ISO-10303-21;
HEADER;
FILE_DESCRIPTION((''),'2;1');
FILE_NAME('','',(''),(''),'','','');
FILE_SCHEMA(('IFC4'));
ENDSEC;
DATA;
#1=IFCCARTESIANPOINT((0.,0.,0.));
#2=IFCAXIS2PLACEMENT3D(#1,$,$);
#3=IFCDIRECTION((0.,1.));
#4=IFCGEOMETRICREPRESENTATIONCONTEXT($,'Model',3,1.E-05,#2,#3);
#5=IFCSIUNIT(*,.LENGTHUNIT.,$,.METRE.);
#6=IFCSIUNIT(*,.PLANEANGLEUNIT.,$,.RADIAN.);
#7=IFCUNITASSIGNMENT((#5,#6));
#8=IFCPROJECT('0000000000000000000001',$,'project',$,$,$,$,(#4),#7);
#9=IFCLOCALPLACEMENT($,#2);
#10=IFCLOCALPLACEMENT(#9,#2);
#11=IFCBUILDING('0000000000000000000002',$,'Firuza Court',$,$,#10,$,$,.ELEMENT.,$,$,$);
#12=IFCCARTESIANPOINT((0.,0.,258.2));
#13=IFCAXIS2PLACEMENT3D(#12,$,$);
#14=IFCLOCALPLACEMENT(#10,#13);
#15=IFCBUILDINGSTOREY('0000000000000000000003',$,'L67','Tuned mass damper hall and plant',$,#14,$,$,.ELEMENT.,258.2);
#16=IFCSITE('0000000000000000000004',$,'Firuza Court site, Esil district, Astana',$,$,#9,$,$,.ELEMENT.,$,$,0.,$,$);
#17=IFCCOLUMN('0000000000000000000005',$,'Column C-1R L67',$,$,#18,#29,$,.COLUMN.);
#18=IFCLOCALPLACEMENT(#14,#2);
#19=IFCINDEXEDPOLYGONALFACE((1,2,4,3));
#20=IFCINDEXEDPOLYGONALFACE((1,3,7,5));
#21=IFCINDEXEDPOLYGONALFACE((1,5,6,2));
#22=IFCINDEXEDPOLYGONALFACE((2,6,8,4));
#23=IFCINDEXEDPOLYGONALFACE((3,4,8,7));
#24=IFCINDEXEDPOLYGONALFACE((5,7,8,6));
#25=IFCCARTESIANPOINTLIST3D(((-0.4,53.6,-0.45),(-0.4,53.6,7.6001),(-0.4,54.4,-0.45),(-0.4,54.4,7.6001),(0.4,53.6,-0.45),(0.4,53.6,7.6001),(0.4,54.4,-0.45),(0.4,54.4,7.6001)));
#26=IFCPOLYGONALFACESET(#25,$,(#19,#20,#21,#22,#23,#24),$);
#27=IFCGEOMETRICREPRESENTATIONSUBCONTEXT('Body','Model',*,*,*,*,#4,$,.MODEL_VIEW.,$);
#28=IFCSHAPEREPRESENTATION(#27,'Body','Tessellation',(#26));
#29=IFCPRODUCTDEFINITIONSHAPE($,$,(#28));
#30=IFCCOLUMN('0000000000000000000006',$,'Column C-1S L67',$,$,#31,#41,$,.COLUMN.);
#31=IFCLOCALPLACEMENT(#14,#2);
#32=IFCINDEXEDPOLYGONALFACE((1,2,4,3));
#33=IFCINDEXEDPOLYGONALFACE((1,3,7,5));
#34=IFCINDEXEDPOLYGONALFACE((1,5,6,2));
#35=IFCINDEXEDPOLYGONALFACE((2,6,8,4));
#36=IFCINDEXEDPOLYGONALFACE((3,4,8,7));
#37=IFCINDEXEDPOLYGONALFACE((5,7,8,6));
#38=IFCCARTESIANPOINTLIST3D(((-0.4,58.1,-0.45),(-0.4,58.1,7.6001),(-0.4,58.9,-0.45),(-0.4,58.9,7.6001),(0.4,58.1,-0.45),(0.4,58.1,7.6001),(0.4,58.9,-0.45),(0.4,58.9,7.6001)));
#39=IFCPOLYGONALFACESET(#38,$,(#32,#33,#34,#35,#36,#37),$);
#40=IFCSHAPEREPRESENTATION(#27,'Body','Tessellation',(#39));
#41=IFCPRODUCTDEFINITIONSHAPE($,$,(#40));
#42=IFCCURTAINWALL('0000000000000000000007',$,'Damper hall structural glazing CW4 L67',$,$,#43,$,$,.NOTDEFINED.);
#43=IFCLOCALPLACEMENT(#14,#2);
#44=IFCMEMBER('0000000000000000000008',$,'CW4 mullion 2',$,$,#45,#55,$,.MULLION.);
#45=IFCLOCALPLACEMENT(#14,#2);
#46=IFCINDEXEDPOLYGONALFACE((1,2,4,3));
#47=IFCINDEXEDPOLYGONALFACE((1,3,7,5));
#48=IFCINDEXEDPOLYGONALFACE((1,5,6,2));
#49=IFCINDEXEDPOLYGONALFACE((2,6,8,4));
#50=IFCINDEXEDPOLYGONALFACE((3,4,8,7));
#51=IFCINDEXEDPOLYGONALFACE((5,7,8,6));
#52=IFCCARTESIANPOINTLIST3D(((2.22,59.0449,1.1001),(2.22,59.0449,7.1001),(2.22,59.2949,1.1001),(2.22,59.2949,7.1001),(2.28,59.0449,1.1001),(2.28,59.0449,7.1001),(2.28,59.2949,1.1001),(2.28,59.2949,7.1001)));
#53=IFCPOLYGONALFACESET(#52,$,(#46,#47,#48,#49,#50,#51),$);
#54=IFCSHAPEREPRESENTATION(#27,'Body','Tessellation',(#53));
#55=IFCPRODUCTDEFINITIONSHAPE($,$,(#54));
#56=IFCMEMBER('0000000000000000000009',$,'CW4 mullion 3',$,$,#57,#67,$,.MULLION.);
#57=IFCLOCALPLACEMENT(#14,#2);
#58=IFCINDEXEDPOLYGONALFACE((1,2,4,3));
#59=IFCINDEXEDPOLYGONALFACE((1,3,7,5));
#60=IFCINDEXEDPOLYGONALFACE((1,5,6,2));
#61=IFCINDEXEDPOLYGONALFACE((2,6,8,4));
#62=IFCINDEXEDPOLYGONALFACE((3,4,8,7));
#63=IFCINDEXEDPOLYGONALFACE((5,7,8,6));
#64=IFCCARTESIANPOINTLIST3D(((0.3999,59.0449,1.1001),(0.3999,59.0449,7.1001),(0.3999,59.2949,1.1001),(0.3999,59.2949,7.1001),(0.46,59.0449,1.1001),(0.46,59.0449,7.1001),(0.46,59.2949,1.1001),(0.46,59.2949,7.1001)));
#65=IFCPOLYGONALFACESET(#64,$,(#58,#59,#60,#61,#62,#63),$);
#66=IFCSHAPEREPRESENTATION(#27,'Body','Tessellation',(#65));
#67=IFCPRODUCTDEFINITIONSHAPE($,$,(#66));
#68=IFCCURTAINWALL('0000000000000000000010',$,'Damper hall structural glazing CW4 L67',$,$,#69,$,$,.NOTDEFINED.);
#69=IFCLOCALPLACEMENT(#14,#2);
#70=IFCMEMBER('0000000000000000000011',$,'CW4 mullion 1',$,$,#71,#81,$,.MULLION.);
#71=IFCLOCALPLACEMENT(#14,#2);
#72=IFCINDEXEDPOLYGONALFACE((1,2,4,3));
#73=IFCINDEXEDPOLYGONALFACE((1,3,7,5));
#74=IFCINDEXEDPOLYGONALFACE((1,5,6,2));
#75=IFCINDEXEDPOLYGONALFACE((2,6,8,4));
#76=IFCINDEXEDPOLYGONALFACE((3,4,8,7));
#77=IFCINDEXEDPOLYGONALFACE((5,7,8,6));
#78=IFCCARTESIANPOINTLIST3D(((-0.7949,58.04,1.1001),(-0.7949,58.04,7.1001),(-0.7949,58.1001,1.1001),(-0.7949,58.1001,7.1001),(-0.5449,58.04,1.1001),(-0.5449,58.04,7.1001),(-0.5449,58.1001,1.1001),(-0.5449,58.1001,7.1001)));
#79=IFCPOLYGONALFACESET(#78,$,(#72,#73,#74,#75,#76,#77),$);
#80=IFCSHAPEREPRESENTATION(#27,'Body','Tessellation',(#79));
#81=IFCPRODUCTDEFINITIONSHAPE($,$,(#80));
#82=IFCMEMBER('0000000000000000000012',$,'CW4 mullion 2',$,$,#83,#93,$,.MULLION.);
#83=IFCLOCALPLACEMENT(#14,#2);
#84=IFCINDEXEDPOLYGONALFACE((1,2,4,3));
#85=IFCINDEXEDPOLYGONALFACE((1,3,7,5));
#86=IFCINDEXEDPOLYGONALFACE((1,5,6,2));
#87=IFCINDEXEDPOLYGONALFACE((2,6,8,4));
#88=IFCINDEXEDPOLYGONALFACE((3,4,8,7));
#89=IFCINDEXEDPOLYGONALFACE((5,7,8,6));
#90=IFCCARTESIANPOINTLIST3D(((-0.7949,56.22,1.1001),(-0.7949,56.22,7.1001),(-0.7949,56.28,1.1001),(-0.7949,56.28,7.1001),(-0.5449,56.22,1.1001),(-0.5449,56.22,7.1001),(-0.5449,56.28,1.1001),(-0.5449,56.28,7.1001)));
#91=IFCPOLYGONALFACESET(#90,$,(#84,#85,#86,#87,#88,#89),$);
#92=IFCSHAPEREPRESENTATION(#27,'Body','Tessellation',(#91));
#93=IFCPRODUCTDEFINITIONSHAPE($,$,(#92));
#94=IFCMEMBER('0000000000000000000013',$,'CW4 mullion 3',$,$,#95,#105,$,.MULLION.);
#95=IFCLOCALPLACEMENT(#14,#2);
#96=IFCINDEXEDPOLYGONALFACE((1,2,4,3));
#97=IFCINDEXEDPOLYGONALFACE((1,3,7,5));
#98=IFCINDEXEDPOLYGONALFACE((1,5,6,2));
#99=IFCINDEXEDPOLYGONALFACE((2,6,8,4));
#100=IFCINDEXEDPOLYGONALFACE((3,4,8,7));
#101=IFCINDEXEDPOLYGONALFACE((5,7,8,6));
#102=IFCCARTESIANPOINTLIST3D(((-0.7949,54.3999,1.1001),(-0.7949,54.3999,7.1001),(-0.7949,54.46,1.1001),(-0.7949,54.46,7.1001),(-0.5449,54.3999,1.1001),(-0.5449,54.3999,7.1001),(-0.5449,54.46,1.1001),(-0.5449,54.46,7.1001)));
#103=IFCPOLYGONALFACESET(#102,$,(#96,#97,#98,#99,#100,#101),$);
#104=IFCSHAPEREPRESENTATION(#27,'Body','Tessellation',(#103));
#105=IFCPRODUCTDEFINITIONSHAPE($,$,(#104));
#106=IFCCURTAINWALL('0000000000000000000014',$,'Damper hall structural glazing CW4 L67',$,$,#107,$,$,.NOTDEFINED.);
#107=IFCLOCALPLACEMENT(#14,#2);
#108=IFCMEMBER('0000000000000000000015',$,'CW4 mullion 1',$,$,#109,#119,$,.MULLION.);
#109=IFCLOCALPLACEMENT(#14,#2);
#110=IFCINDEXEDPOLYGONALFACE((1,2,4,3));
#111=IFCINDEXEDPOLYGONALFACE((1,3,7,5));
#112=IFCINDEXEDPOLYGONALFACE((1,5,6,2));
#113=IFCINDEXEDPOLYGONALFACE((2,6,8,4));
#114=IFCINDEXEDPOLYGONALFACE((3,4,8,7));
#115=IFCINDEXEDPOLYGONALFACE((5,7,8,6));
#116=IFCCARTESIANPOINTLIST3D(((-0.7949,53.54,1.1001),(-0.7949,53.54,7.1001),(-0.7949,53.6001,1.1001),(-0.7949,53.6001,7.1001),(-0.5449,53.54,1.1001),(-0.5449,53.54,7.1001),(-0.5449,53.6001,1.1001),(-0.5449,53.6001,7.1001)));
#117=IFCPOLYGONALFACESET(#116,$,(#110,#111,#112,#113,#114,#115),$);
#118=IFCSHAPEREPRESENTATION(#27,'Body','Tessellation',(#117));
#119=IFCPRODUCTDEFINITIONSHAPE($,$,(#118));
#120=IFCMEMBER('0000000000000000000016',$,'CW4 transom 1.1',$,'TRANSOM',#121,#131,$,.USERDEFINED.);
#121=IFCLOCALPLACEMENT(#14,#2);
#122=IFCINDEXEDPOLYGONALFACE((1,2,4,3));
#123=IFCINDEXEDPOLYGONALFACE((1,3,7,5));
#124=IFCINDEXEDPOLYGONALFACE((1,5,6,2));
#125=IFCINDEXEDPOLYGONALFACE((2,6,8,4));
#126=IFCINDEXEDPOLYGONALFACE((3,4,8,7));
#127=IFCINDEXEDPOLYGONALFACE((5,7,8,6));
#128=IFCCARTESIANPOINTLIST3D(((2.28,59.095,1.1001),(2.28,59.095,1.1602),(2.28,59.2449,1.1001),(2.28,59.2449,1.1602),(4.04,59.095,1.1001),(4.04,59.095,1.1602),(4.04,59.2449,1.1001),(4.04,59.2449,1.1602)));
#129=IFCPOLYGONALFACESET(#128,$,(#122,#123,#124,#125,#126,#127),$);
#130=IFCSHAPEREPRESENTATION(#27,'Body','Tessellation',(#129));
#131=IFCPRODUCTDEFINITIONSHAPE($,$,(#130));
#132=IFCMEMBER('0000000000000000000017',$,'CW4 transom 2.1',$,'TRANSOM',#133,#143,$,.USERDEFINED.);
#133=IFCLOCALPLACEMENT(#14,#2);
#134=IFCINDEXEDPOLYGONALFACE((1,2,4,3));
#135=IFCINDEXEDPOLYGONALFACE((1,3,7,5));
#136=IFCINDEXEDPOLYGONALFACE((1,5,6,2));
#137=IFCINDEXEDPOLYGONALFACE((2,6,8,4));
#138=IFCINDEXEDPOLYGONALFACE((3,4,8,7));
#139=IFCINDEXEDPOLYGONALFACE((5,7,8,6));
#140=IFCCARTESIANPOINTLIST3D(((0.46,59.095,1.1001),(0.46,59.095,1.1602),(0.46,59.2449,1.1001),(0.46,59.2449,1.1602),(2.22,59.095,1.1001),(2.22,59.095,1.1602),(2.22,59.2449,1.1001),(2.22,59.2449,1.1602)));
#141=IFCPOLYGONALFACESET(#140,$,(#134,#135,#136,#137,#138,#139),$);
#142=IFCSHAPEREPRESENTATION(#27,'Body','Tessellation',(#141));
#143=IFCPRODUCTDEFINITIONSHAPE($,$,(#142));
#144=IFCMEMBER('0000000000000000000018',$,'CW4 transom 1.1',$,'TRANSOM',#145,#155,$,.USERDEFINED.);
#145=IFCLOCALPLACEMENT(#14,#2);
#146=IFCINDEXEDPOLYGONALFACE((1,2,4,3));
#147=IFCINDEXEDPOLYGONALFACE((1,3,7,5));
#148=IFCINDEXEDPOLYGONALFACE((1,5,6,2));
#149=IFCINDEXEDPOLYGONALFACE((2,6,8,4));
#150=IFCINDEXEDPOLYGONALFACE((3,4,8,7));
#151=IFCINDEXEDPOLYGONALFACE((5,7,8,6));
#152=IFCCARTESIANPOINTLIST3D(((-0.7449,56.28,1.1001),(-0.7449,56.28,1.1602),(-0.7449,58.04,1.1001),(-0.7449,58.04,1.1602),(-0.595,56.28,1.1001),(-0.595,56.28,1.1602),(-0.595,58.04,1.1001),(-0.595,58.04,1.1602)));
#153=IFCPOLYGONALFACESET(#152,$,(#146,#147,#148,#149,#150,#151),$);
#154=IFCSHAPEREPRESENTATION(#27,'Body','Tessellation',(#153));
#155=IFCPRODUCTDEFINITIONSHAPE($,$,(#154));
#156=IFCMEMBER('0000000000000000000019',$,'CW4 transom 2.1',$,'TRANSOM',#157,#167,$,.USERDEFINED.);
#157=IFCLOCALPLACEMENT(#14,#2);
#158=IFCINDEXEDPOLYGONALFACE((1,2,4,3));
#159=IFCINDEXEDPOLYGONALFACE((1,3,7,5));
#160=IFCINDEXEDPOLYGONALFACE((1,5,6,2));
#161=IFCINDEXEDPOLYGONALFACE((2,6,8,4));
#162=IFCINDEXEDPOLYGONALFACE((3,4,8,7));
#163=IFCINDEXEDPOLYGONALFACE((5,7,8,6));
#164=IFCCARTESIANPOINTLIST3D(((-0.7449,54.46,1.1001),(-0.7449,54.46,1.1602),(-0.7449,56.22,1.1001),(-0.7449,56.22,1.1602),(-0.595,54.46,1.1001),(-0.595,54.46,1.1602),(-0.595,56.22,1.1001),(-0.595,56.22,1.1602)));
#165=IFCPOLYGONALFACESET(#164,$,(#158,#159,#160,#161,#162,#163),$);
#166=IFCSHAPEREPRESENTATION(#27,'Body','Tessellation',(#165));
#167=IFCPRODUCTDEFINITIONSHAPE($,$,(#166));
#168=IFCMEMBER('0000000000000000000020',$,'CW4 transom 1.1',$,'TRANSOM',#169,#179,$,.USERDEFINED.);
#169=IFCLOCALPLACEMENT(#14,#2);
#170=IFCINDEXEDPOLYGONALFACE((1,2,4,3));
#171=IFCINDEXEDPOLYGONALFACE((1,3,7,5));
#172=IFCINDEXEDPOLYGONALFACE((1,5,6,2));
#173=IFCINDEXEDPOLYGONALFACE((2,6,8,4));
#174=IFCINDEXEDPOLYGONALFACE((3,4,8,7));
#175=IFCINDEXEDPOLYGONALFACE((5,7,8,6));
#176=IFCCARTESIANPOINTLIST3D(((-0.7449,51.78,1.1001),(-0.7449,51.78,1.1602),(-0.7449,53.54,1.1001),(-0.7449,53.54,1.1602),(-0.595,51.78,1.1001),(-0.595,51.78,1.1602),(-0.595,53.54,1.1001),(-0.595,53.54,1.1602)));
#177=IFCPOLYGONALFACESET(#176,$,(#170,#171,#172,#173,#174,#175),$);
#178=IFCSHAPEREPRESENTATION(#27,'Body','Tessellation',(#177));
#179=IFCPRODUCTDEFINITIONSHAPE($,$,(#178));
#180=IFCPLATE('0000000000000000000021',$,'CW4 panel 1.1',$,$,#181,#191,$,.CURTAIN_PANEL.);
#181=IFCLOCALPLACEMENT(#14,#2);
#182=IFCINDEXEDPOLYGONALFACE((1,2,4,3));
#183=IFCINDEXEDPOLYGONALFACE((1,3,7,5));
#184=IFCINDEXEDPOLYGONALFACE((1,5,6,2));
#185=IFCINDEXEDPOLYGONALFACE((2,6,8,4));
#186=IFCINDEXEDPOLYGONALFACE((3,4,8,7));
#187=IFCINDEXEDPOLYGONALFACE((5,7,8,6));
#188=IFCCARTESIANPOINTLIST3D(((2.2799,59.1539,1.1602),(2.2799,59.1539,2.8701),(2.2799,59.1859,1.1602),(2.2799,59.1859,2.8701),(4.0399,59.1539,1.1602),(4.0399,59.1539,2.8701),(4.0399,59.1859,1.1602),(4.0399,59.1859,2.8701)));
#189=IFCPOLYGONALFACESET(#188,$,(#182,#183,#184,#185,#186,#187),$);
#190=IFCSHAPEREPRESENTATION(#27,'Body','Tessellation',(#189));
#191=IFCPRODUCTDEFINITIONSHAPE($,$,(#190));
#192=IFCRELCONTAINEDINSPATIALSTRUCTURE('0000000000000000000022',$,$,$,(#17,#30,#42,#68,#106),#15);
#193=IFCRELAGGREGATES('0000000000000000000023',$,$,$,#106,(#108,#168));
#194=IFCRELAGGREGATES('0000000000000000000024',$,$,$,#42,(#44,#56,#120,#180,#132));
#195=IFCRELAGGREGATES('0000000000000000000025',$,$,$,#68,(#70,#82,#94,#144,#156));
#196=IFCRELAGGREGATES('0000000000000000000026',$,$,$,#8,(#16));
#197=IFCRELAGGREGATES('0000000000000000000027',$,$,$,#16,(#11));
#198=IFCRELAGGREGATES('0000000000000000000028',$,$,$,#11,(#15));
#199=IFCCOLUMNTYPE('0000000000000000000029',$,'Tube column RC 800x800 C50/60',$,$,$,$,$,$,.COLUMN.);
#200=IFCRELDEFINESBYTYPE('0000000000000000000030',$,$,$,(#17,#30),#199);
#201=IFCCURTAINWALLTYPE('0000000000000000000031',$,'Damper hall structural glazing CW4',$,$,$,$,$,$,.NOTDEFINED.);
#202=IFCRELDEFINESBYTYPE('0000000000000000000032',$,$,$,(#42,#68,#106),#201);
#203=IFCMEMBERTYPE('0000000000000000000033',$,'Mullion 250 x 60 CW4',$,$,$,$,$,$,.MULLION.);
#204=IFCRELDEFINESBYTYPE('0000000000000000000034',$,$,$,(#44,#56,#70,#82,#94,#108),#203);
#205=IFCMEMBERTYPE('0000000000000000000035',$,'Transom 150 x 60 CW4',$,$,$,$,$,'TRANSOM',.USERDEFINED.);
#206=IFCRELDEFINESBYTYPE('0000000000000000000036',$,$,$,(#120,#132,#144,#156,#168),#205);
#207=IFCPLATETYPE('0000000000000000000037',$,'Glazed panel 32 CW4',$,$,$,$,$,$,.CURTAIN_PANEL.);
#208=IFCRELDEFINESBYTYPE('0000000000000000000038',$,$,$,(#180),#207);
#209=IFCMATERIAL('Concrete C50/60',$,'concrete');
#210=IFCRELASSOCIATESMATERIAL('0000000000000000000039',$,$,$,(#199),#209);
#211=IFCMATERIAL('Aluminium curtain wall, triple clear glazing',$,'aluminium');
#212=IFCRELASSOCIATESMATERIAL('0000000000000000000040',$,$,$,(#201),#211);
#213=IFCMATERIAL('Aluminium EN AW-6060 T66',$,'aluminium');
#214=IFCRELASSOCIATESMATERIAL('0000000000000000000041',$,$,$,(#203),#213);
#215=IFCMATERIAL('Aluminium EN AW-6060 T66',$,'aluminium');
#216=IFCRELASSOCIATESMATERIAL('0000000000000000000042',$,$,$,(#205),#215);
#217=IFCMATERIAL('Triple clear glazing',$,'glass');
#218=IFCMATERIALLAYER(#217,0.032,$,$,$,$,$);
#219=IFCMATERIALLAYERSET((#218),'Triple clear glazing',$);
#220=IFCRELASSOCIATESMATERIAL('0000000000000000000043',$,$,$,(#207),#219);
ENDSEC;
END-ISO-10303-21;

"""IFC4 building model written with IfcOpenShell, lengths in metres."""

from ifc_helpers import new_model, si_unit, direction, frame, origin, origin_2d, place, context, subcontext, project, spatial, rectangle, extrude, material, layer, layer_set, material_profile, profile_set, type_object, element, aggregate, save


model = new_model("IFC4")

# Units and contexts
model_context = context("Model", 3, precision=1e-05, world=origin(), true_north=direction((0.0, 1.0)))
body_context = subcontext(model_context, "Body", "Model", "MODEL_VIEW")
ifc_project = project(units=[si_unit("LENGTHUNIT", "METRE"), si_unit("PLANEANGLEUNIT", "RADIAN")], contexts=[model_context])

# Site, building, storey
site_placement = place(None, origin())
site = spatial("IfcSite", under=ifc_project, at=site_placement, Name="Firuza Court site, Esil district, Astana", CompositionType="ELEMENT", RefElevation=0.0)
building_placement = place(site_placement, origin())
building = spatial("IfcBuilding", under=site, at=building_placement, Name="Firuza Court", CompositionType="ELEMENT")
storey_placement = place(building_placement, frame((0.0, 0.0, 258.2)))
storey = spatial("IfcBuildingStorey", under=building, at=storey_placement, Name="L67", Description="Tuned mass damper hall and plant", CompositionType="ELEMENT", Elevation=258.2)

# Columns
ifc_material_1 = material(Name="Concrete C50/60", Category="concrete")
ifc_material_profile_1 = material_profile(ifc_material_1, rectangle(XDim=0.8, YDim=0.8, at=origin_2d()), Name="RC 800x800")
ifc_profile_set_1 = profile_set([ifc_material_profile_1], Name="Concrete C50/60")
column_type = type_object("IfcColumnType", Name="Tube column RC 800x800 C50/60", PredefinedType="COLUMN", material=ifc_profile_set_1)
for number, where, z_axis, x_axis, name in (
    (1, (0.0, 54.0, -0.45), (0.0, 0.0, 1.0), (1.0, 0.0, 0.0), "Column C-1R L67"),
    (2, (0.0, 58.5, -0.45), (0.0, 0.0, 1.0), (1.0, 0.0, 0.0), "Column C-1S L67"),
):
    element("IfcColumn", number, at=place(storey_placement, frame(where, z_axis=z_axis, x_axis=x_axis)), inside=storey, type_object=column_type, Name=name, PredefinedType="COLUMN", context=body_context, shape_type="SweptSolid", body=[
        extrude(rectangle(XDim=0.8, YDim=0.8, at=origin_2d()), origin(), (0.0, 0.0, 1.0), 8.05),
    ])

# Curtain walls, members
ifc_material_2 = material(Name="Aluminium curtain wall, triple clear glazing", Category="aluminium")
curtain_wall_type = type_object("IfcCurtainWallType", Name="Damper hall structural glazing CW4", PredefinedType="NOTDEFINED", material=ifc_material_2)
curtain_wall_1_placement = place(storey_placement, origin())
curtain_wall_1 = element("IfcCurtainWall", 3, at=curtain_wall_1_placement, inside=storey, type_object=curtain_wall_type, Name="Damper hall structural glazing CW4 L67", PredefinedType="NOTDEFINED")
ifc_material_3 = material(Name="Aluminium EN AW-6060 T66", Category="aluminium")
ifc_material_profile_2 = material_profile(ifc_material_3, rectangle(XDim=0.25, YDim=0.0601, at=origin_2d()), Name="Mullion 250 x 60 CW4")
ifc_profile_set_2 = profile_set([ifc_material_profile_2], Name="Aluminium EN AW-6060 T66")
member_type_1 = type_object("IfcMemberType", Name="Mullion 250 x 60 CW4", PredefinedType="MULLION", material=ifc_profile_set_2)
member_1_placement = place(storey_placement, frame((2.25, 59.1699, 1.1001), z_axis=(0.0, 0.0, 1.0), x_axis=(0.0, -1.0, 0.0)))
member_1 = element("IfcMember", 4, at=member_1_placement, type_object=member_type_1, Name="CW4 mullion 2", PredefinedType="MULLION", context=body_context, shape_type="SweptSolid", body=[
    extrude(rectangle(XDim=0.25, YDim=0.0601, at=origin_2d()), origin(), (0.0, 0.0, 1.0), 6.0),
])
member_2_placement = place(storey_placement, frame((0.4299, 59.1699, 1.1001), z_axis=(0.0, 0.0, 1.0), x_axis=(0.0, -1.0, 0.0)))
member_2 = element("IfcMember", 5, at=member_2_placement, type_object=member_type_1, Name="CW4 mullion 3", PredefinedType="MULLION", context=body_context, shape_type="SweptSolid", body=[
    extrude(rectangle(XDim=0.25, YDim=0.0601, at=origin_2d()), origin(), (0.0, 0.0, 1.0), 6.0),
])
curtain_wall_2_placement = place(storey_placement, origin())
curtain_wall_2 = element("IfcCurtainWall", 6, at=curtain_wall_2_placement, inside=storey, type_object=curtain_wall_type, Name="Damper hall structural glazing CW4 L67", PredefinedType="NOTDEFINED")
member_3_placement = place(storey_placement, frame((-0.6699, 58.0701, 1.1001), z_axis=(0.0, 0.0, 1.0), x_axis=(1.0, 0.0, 0.0)))
member_3 = element("IfcMember", 7, at=member_3_placement, type_object=member_type_1, Name="CW4 mullion 1", PredefinedType="MULLION", context=body_context, shape_type="SweptSolid", body=[
    extrude(rectangle(XDim=0.25, YDim=0.0601, at=origin_2d()), origin(), (0.0, 0.0, 1.0), 6.0),
])
member_4_placement = place(storey_placement, frame((-0.6699, 56.25, 1.1001), z_axis=(0.0, 0.0, 1.0), x_axis=(1.0, 0.0, 0.0)))
member_4 = element("IfcMember", 8, at=member_4_placement, type_object=member_type_1, Name="CW4 mullion 2", PredefinedType="MULLION", context=body_context, shape_type="SweptSolid", body=[
    extrude(rectangle(XDim=0.25, YDim=0.0601, at=origin_2d()), origin(), (0.0, 0.0, 1.0), 6.0),
])
member_5_placement = place(storey_placement, frame((-0.6699, 54.4299, 1.1001), z_axis=(0.0, 0.0, 1.0), x_axis=(1.0, 0.0, 0.0)))
member_5 = element("IfcMember", 9, at=member_5_placement, type_object=member_type_1, Name="CW4 mullion 3", PredefinedType="MULLION", context=body_context, shape_type="SweptSolid", body=[
    extrude(rectangle(XDim=0.25, YDim=0.0601, at=origin_2d()), origin(), (0.0, 0.0, 1.0), 6.0),
])

# Curtain wall, member
curtain_wall_3_placement = place(storey_placement, origin())
curtain_wall_3 = element("IfcCurtainWall", 10, at=curtain_wall_3_placement, inside=storey, type_object=curtain_wall_type, Name="Damper hall structural glazing CW4 L67", PredefinedType="NOTDEFINED")
member_6_placement = place(storey_placement, frame((-0.6699, 53.5701, 1.1001), z_axis=(0.0, 0.0, 1.0), x_axis=(1.0, 0.0, 0.0)))
member_6 = element("IfcMember", 11, at=member_6_placement, type_object=member_type_1, Name="CW4 mullion 1", PredefinedType="MULLION", context=body_context, shape_type="SweptSolid", body=[
    extrude(rectangle(XDim=0.25, YDim=0.0601, at=origin_2d()), origin(), (0.0, 0.0, 1.0), 6.0),
])

# Members
ifc_material_4 = material(Name="Aluminium EN AW-6060 T66", Category="aluminium")
ifc_material_profile_3 = material_profile(ifc_material_4, rectangle(XDim=0.1499, YDim=0.0601, at=origin_2d()), Name="Transom 150 x 60 CW4")
ifc_profile_set_3 = profile_set([ifc_material_profile_3], Name="Aluminium EN AW-6060 T66")
member_type_2 = type_object("IfcMemberType", Name="Transom 150 x 60 CW4", ElementType="TRANSOM", PredefinedType="USERDEFINED", material=ifc_profile_set_3)
member_7_placement = place(storey_placement, frame((4.04, 59.1699, 1.1301), z_axis=(-1.0, 0.0, 0.0), x_axis=(0.0, -1.0, 0.0)))
member_7 = element("IfcMember", 12, at=member_7_placement, type_object=member_type_2, Name="CW4 transom 1.1", ObjectType="TRANSOM", PredefinedType="USERDEFINED", context=body_context, shape_type="SweptSolid", body=[
    extrude(rectangle(XDim=0.1499, YDim=0.0601, at=origin_2d()), origin(), (0.0, 0.0, 1.0), 1.76),
])
member_8_placement = place(storey_placement, frame((2.22, 59.1699, 1.1301), z_axis=(-1.0, 0.0, 0.0), x_axis=(0.0, -1.0, 0.0)))
member_8 = element("IfcMember", 13, at=member_8_placement, type_object=member_type_2, Name="CW4 transom 2.1", ObjectType="TRANSOM", PredefinedType="USERDEFINED", context=body_context, shape_type="SweptSolid", body=[
    extrude(rectangle(XDim=0.1499, YDim=0.0601, at=origin_2d()), origin(), (0.0, 0.0, 1.0), 1.76),
])
member_9_placement = place(storey_placement, frame((-0.6699, 58.04, 1.1301), z_axis=(0.0, -1.0, 0.0), x_axis=(1.0, 0.0, 0.0)))
member_9 = element("IfcMember", 14, at=member_9_placement, type_object=member_type_2, Name="CW4 transom 1.1", ObjectType="TRANSOM", PredefinedType="USERDEFINED", context=body_context, shape_type="SweptSolid", body=[
    extrude(rectangle(XDim=0.1499, YDim=0.0601, at=origin_2d()), origin(), (0.0, 0.0, 1.0), 1.76),
])
member_10_placement = place(storey_placement, frame((-0.6699, 56.22, 1.1301), z_axis=(0.0, -1.0, 0.0), x_axis=(1.0, 0.0, 0.0)))
member_10 = element("IfcMember", 15, at=member_10_placement, type_object=member_type_2, Name="CW4 transom 2.1", ObjectType="TRANSOM", PredefinedType="USERDEFINED", context=body_context, shape_type="SweptSolid", body=[
    extrude(rectangle(XDim=0.1499, YDim=0.0601, at=origin_2d()), origin(), (0.0, 0.0, 1.0), 1.76),
])
member_11_placement = place(storey_placement, frame((-0.6699, 53.54, 1.1301), z_axis=(0.0, -1.0, 0.0), x_axis=(1.0, 0.0, 0.0)))
member_11 = element("IfcMember", 16, at=member_11_placement, type_object=member_type_2, Name="CW4 transom 1.1", ObjectType="TRANSOM", PredefinedType="USERDEFINED", context=body_context, shape_type="SweptSolid", body=[
    extrude(rectangle(XDim=0.1499, YDim=0.0601, at=origin_2d()), origin(), (0.0, 0.0, 1.0), 1.76),
])
aggregate(curtain_wall_3, [member_6, member_11])

# Plate
ifc_material_5 = material(Name="Triple clear glazing", Category="glass")
ifc_layer_1 = layer(ifc_material_5, 0.032)
ifc_layer_set_1 = layer_set([ifc_layer_1], Name="Triple clear glazing")
plate_type = type_object("IfcPlateType", Name="Glazed panel 32 CW4", PredefinedType="CURTAIN_PANEL", material=ifc_layer_set_1)
plate_1_placement = place(storey_placement, frame((3.1599, 59.1699, 1.1602), z_axis=(0.0, 0.0, 1.0), x_axis=(-1.0, 0.0, 0.0)))
plate_1 = element("IfcPlate", 17, at=plate_1_placement, type_object=plate_type, Name="CW4 panel 1.1", PredefinedType="CURTAIN_PANEL", context=body_context, shape_type="SweptSolid", body=[
    extrude(rectangle(XDim=1.76, YDim=0.032, at=origin_2d()), origin(), (0.0, 0.0, 1.0), 1.71),
])
aggregate(curtain_wall_1, [member_1, member_2, member_7, plate_1, member_8])
aggregate(curtain_wall_2, [member_3, member_4, member_5, member_9, member_10])

save(model, "model.ifc")
